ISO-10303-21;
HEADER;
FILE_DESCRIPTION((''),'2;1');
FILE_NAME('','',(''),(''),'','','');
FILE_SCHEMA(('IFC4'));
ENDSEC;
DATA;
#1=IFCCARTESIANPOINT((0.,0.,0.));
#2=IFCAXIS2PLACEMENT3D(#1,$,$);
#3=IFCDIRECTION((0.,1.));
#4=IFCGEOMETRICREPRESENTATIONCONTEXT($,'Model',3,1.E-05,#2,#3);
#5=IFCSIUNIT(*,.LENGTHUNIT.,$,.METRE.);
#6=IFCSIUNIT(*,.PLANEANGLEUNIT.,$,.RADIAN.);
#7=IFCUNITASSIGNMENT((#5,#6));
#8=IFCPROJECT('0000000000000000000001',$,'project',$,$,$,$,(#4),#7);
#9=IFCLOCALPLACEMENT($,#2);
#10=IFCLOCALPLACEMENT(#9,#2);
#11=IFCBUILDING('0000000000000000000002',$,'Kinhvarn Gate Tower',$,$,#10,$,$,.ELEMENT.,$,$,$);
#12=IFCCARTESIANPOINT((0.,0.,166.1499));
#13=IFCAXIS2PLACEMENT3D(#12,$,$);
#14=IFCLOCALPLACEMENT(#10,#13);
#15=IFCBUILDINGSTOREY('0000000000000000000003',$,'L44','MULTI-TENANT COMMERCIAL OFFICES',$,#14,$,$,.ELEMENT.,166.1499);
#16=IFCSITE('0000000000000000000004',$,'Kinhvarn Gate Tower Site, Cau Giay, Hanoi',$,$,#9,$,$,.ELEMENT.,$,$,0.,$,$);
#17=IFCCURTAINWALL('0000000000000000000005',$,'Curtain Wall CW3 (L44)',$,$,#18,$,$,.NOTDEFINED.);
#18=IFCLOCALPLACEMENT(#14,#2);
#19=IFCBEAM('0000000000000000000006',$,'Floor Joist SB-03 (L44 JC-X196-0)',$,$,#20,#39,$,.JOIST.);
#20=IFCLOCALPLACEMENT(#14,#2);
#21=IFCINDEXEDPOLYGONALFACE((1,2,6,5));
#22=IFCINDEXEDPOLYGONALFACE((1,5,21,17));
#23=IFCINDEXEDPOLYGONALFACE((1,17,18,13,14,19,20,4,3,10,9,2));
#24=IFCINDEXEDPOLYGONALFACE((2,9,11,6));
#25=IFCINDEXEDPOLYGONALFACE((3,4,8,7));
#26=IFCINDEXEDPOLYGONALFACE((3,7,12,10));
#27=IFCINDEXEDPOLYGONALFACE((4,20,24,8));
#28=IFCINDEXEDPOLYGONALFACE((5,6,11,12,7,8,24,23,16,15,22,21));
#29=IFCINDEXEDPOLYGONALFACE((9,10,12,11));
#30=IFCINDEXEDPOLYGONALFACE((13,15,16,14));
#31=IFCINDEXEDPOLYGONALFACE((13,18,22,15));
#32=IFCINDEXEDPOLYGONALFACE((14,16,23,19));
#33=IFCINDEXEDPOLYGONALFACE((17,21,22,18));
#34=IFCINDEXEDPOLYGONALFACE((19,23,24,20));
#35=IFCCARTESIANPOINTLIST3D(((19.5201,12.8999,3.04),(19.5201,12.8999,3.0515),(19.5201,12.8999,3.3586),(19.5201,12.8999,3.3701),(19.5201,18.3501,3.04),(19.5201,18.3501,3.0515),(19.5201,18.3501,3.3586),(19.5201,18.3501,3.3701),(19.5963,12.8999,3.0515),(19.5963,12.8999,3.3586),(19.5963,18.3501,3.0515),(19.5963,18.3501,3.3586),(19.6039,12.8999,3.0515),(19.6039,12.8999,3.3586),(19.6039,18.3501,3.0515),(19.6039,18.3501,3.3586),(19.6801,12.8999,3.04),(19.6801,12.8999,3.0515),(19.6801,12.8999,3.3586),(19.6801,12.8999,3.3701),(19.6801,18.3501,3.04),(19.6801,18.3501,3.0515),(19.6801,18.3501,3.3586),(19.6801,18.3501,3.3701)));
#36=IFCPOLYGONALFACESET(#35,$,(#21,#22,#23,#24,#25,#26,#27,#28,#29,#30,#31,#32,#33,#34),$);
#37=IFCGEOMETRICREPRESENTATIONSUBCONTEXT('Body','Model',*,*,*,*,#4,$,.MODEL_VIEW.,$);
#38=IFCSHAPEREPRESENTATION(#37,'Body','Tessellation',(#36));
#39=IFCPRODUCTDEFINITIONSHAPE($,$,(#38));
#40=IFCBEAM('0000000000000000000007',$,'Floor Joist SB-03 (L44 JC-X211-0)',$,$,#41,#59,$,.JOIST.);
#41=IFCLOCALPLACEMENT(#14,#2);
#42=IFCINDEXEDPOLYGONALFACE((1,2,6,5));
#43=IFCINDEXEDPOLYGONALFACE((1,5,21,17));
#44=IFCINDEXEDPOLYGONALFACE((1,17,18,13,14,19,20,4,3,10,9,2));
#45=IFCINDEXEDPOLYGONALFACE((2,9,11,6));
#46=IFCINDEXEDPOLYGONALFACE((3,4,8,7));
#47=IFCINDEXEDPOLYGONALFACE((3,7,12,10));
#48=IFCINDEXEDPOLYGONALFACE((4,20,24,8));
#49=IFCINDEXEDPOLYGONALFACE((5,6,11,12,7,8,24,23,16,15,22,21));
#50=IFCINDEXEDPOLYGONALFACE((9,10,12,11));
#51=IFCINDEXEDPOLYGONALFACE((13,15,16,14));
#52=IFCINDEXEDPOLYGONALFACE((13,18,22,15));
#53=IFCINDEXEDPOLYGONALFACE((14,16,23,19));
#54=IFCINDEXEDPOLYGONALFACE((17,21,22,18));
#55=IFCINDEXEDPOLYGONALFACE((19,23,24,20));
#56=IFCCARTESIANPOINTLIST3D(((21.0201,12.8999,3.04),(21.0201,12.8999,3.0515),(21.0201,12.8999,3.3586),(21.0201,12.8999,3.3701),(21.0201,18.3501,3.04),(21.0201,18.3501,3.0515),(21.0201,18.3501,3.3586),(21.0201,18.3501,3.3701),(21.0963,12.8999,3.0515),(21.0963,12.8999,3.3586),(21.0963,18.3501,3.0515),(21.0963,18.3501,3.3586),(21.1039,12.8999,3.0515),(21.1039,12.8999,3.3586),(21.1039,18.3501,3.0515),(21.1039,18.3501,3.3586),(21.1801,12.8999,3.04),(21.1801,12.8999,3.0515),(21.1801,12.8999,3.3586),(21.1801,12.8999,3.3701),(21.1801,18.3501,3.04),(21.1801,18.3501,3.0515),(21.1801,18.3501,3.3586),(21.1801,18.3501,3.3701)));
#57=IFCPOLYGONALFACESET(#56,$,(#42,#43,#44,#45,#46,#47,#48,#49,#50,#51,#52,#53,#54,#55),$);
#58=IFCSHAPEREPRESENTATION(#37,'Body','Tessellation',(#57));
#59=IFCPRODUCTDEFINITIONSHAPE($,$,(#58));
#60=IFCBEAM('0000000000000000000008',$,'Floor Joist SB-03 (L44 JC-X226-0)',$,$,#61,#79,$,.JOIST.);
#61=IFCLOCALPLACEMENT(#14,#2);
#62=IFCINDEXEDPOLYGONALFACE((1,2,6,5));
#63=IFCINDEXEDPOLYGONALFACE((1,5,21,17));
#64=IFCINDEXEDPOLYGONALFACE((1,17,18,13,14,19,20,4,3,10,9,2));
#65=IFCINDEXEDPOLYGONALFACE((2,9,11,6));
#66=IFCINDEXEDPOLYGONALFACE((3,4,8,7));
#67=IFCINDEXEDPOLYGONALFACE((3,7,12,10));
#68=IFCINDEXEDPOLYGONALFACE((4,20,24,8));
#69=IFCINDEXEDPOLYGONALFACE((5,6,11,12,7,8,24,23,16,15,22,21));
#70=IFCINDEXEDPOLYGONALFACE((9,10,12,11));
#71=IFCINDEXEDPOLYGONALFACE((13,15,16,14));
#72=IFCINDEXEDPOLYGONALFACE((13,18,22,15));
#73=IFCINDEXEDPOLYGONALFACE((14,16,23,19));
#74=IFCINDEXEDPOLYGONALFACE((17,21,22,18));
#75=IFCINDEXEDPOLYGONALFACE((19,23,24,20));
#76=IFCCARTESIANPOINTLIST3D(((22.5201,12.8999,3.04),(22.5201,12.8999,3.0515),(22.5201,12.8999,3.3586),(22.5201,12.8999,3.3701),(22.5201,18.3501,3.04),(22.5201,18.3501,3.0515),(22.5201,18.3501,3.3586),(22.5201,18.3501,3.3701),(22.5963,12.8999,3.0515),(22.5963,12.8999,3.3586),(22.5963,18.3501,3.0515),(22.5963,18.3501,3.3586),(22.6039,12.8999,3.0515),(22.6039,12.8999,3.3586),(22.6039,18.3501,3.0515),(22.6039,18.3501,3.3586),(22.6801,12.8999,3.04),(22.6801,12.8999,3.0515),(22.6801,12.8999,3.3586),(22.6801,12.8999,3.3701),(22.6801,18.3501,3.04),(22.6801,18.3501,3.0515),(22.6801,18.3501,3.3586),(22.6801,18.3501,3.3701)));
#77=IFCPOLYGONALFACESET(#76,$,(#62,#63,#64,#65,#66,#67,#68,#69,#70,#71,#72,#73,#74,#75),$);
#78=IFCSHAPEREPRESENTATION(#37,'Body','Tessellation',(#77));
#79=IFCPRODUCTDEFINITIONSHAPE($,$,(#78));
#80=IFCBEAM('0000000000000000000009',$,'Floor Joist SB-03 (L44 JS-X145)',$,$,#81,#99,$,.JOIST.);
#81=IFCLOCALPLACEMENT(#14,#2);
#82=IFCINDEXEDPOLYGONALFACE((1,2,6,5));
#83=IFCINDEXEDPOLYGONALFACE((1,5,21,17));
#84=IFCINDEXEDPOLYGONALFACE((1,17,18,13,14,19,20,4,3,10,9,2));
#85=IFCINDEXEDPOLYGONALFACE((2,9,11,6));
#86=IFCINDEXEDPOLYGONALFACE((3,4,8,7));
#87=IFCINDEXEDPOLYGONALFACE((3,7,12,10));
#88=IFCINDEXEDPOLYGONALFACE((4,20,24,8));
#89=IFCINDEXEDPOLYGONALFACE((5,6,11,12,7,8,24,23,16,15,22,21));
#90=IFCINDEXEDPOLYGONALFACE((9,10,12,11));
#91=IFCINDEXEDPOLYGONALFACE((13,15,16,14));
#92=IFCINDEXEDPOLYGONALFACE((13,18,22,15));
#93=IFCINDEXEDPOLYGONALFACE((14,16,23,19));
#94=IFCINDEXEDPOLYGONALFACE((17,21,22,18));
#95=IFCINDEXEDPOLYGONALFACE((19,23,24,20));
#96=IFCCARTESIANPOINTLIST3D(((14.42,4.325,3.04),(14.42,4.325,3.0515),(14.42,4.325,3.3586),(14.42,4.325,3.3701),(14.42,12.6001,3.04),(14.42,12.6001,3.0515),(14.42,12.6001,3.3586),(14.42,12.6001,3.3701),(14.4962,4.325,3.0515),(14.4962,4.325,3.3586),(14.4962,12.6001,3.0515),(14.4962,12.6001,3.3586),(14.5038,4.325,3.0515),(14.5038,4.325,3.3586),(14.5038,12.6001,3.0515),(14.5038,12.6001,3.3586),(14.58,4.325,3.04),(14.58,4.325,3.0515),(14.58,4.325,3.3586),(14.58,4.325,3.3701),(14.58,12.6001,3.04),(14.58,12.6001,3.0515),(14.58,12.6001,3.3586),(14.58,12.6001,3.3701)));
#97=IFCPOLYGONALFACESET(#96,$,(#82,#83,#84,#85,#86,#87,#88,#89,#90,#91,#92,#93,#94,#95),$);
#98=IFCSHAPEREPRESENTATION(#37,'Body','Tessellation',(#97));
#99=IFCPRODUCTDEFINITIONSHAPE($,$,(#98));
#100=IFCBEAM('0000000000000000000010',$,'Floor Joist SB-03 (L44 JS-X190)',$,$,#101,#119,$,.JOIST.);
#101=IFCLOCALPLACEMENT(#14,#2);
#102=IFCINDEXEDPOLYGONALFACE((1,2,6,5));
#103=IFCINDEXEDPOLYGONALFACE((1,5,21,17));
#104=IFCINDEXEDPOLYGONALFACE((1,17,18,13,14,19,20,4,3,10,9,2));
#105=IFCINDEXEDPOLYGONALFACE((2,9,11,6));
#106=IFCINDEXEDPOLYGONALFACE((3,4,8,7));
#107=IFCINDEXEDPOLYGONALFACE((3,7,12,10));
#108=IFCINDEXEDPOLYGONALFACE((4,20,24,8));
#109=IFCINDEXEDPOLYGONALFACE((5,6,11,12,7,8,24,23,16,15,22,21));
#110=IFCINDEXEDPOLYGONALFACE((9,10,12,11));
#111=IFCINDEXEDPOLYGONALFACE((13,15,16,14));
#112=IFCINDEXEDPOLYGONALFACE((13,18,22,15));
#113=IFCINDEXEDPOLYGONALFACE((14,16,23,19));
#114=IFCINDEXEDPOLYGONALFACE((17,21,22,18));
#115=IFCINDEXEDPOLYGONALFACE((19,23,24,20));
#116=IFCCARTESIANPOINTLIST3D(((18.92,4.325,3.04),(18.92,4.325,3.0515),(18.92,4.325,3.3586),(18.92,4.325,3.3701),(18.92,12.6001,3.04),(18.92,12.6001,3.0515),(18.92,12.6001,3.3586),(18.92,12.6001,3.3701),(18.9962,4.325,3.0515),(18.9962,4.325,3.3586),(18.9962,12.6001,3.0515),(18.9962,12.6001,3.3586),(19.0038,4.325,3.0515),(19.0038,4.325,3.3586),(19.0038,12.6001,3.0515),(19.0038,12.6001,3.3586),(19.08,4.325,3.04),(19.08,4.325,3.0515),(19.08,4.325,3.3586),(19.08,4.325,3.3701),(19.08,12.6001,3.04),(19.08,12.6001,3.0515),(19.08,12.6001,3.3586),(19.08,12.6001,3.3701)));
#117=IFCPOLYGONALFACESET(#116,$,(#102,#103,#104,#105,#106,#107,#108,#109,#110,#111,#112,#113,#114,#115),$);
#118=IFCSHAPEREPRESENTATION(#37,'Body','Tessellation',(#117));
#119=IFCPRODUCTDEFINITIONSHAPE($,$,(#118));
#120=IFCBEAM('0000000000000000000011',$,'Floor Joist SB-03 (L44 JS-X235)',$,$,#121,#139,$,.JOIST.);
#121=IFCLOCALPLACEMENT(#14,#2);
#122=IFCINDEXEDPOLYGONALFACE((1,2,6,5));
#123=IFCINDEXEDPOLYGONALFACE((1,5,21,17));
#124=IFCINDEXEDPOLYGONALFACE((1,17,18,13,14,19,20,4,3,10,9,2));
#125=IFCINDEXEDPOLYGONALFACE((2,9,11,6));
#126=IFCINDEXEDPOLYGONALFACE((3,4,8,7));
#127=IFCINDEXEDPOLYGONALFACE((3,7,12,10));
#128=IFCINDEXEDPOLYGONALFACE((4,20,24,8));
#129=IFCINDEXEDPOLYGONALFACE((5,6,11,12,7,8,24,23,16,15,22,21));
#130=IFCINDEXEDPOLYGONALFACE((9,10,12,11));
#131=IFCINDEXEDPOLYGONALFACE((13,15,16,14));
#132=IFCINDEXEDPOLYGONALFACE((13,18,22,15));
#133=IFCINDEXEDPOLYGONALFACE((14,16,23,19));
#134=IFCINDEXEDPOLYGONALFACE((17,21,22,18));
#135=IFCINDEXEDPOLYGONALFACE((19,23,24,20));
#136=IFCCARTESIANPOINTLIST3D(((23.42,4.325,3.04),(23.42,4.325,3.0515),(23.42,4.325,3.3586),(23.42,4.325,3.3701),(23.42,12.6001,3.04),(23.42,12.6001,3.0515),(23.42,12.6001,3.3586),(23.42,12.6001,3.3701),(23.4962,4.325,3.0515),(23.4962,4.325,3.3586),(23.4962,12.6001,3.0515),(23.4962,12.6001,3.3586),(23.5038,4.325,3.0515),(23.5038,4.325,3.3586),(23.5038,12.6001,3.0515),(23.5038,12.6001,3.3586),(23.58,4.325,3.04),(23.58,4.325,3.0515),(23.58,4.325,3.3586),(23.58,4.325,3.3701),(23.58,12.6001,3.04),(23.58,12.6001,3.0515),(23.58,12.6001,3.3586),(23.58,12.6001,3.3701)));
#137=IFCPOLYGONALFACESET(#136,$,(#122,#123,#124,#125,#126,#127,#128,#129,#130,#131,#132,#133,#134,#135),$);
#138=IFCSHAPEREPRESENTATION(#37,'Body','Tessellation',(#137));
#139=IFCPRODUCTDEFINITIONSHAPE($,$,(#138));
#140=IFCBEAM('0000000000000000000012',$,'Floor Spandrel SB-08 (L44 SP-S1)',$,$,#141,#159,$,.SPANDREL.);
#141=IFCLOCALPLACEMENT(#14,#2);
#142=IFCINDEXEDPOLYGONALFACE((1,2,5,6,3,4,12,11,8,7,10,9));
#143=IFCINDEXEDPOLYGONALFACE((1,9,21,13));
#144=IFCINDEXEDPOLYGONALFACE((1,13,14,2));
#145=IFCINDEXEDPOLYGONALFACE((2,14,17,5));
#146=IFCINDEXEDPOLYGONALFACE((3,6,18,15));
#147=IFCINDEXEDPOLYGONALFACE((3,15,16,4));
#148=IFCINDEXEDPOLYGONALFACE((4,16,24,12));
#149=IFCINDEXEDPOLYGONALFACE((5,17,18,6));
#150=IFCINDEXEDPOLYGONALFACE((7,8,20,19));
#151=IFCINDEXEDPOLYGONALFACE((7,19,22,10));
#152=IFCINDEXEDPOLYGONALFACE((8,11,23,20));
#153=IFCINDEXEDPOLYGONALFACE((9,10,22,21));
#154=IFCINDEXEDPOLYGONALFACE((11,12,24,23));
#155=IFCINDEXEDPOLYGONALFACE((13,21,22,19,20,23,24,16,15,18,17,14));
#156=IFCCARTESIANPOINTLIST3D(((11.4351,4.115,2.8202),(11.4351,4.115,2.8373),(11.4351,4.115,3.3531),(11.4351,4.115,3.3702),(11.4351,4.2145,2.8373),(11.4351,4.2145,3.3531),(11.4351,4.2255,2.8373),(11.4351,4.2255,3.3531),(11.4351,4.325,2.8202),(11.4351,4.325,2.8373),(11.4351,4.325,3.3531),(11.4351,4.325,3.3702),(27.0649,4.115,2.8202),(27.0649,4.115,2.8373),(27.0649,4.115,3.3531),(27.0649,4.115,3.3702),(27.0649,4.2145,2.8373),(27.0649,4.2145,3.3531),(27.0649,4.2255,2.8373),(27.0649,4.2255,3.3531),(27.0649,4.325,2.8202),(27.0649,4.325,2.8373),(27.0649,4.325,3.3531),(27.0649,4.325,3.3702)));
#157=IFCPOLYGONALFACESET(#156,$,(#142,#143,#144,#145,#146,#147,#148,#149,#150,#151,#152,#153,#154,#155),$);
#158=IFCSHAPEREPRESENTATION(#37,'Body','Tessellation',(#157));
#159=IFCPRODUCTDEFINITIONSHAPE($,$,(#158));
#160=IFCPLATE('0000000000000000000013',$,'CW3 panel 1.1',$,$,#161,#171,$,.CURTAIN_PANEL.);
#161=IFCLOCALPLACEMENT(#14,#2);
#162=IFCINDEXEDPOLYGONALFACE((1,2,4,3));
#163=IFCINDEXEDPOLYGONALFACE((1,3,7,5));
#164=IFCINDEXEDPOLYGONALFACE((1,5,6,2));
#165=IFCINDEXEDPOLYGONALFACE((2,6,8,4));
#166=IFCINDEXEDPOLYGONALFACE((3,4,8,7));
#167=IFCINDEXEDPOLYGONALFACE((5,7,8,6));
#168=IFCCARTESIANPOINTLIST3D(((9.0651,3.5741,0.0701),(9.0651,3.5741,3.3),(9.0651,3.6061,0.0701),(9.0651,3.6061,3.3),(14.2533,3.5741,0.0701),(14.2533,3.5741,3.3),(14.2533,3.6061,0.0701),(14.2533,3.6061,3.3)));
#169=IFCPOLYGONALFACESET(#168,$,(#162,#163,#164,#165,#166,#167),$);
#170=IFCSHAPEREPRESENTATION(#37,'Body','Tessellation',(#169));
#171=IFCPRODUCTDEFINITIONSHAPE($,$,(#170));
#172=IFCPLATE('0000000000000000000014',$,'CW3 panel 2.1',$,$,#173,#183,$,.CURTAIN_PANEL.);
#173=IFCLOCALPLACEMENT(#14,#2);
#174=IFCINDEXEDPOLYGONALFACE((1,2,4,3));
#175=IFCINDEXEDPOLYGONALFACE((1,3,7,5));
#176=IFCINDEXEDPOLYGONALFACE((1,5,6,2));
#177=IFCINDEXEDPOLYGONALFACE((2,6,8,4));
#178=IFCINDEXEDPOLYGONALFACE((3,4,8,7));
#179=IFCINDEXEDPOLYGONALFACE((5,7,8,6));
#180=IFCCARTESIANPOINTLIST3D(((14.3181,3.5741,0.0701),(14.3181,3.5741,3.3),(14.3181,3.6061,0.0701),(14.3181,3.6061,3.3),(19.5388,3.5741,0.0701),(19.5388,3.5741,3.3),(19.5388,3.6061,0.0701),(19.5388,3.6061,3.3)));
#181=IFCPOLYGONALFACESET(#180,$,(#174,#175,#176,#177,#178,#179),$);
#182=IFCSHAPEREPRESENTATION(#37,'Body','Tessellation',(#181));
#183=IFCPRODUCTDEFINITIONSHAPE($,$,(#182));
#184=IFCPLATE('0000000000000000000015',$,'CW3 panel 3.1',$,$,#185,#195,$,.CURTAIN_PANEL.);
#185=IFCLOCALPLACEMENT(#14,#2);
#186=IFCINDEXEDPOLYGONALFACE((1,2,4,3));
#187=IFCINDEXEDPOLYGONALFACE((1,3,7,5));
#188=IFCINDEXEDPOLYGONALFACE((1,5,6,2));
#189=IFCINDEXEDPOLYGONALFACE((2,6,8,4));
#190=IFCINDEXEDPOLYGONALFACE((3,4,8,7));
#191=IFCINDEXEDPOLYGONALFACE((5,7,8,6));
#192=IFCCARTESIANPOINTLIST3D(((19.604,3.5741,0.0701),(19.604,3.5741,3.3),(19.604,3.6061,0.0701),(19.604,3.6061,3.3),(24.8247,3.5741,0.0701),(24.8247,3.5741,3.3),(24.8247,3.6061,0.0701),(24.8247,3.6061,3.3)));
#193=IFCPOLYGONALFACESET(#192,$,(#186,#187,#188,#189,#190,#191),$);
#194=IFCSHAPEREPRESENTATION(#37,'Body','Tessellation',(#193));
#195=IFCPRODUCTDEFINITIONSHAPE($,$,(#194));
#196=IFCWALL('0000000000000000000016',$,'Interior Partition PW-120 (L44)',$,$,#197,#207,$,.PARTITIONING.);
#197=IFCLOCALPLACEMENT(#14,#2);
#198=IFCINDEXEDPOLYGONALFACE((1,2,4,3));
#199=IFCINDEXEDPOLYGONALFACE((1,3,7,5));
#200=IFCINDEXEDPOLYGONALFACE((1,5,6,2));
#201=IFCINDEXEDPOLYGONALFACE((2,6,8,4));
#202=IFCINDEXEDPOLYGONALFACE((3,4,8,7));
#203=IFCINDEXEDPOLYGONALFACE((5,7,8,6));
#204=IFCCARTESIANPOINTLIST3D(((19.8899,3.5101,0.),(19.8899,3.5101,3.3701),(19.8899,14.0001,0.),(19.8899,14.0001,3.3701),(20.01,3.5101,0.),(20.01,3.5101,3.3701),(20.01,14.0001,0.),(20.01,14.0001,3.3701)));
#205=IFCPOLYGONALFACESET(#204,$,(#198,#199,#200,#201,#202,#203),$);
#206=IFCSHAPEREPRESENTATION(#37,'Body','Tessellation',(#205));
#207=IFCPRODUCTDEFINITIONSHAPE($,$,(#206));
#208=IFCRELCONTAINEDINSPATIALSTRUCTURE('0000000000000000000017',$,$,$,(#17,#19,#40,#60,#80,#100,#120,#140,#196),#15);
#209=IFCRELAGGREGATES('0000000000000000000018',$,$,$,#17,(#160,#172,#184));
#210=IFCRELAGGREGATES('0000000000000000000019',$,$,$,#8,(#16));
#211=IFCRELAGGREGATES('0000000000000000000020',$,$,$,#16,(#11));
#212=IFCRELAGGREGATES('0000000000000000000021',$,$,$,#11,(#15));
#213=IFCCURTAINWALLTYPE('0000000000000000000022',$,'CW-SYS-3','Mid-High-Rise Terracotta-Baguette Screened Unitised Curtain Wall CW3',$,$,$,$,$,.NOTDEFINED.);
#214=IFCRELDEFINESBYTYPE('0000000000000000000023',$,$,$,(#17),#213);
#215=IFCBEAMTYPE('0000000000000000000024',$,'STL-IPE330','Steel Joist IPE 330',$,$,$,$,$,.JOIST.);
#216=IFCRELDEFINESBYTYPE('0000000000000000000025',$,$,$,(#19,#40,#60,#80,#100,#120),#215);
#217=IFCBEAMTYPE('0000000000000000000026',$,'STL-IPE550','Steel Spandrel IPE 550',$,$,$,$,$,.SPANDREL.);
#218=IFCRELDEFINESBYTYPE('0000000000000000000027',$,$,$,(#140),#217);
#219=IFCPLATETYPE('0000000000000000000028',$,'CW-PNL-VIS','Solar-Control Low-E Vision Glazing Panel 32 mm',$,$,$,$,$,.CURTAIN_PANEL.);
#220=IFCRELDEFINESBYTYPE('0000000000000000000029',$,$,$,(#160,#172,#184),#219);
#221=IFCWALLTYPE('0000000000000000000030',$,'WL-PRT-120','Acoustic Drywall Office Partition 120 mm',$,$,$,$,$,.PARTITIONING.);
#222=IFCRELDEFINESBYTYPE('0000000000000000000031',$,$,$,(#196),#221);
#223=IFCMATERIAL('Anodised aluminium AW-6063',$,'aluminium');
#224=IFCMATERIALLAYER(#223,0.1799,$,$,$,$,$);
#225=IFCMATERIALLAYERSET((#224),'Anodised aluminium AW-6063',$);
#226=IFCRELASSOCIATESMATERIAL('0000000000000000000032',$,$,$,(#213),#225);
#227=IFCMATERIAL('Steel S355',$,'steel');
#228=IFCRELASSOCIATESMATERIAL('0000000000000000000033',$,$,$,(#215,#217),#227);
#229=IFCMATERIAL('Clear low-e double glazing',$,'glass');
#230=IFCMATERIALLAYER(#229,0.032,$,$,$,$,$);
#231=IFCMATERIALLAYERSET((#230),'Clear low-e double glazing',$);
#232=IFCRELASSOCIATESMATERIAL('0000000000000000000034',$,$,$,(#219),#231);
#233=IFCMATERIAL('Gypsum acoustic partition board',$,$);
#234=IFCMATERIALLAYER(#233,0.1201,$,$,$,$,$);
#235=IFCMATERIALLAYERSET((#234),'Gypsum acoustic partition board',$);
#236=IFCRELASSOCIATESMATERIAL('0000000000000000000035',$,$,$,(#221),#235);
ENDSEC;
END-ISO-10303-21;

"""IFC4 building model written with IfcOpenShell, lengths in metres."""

from ifc_helpers import new_model, si_unit, direction, frame, frame_2d, origin, origin_2d, place, context, subcontext, project, spatial, rectangle, i_section, extrude, material, layer, layer_set, material_profile, profile_set, type_object, element, aggregate, save


model = new_model("IFC4")

# Units and contexts
model_context = context("Model", 3, precision=1e-05, world=origin(), true_north=direction((0.0, 1.0)))
body_context = subcontext(model_context, "Body", "Model", "MODEL_VIEW")
ifc_project = project(units=[si_unit("LENGTHUNIT", "METRE"), si_unit("PLANEANGLEUNIT", "RADIAN")], contexts=[model_context])

# Site, building, storey
site_placement = place(None, origin())
site = spatial("IfcSite", under=ifc_project, at=site_placement, Name="Kinhvarn Gate Tower Site, Cau Giay, Hanoi", CompositionType="ELEMENT", RefElevation=0.0)
building_placement = place(site_placement, origin())
building = spatial("IfcBuilding", under=site, at=building_placement, Name="Kinhvarn Gate Tower", CompositionType="ELEMENT")
storey_placement = place(building_placement, frame((0.0, 0.0, 166.1499)))
storey = spatial("IfcBuildingStorey", under=building, at=storey_placement, Name="L44", Description="MULTI-TENANT COMMERCIAL OFFICES", CompositionType="ELEMENT", Elevation=166.1499)

# Curtain wall
ifc_material_1 = material(Name="Anodised aluminium AW-6063", Category="aluminium")
ifc_layer_1 = layer(ifc_material_1, 0.1799)
ifc_layer_set_1 = layer_set([ifc_layer_1], Name="Anodised aluminium AW-6063")
curtain_wall_type = type_object("IfcCurtainWallType", Name="CW-SYS-3", Description="Mid-High-Rise Terracotta-Baguette Screened Unitised Curtain Wall CW3", PredefinedType="NOTDEFINED", material=ifc_layer_set_1)
curtain_wall_placement = place(storey_placement, origin())
curtain_wall = element("IfcCurtainWall", 1, at=curtain_wall_placement, inside=storey, type_object=curtain_wall_type, Name="Curtain Wall CW3 (L44)", PredefinedType="NOTDEFINED")

# Beams
ifc_material_2 = material(Name="Steel S355", Category="steel")
ifc_material_profile_1 = material_profile(ifc_material_2, i_section(OverallWidth=0.1599, OverallDepth=0.3301, WebThickness=0.0076, FlangeThickness=0.0115, at=origin_2d()), Name="IPE 330")
ifc_profile_set_1 = profile_set([ifc_material_profile_1], Name="Steel S355")
beam_type_1 = type_object("IfcBeamType", Name="STL-IPE330", Description="Steel Joist IPE 330", PredefinedType="JOIST", material=ifc_profile_set_1)
for number, where, z_axis, x_axis, name in (
    (2, (19.6001, 12.8999, 3.2051), (0.0, 1.0, 0.0), (-1.0, 0.0, 0.0), "Floor Joist SB-03 (L44 JC-X196-0)"),
    (3, (21.1001, 12.8999, 3.2051), (0.0, 1.0, 0.0), (-1.0, 0.0, 0.0), "Floor Joist SB-03 (L44 JC-X211-0)"),
    (4, (22.6001, 12.8999, 3.2051), (0.0, 1.0, 0.0), (-1.0, 0.0, 0.0), "Floor Joist SB-03 (L44 JC-X226-0)"),
):
    element("IfcBeam", number, at=place(storey_placement, frame(where, z_axis=z_axis, x_axis=x_axis)), inside=storey, type_object=beam_type_1, Name=name, PredefinedType="JOIST", context=body_context, shape_type="SweptSolid", body=[
        extrude(i_section(OverallWidth=0.1599, OverallDepth=0.3301, WebThickness=0.0076, FlangeThickness=0.0115, at=origin_2d()), origin(), (0.0, 0.0, 1.0), 5.4502),
    ])
for number, where, z_axis, x_axis, name in (
    (5, (14.5, 4.325, 3.2051), (0.0, 1.0, 0.0), (-1.0, 0.0, 0.0), "Floor Joist SB-03 (L44 JS-X145)"),
    (6, (19.0, 4.325, 3.2051), (0.0, 1.0, 0.0), (-1.0, 0.0, 0.0), "Floor Joist SB-03 (L44 JS-X190)"),
    (7, (23.5, 4.325, 3.2051), (0.0, 1.0, 0.0), (-1.0, 0.0, 0.0), "Floor Joist SB-03 (L44 JS-X235)"),
):
    element("IfcBeam", number, at=place(storey_placement, frame(where, z_axis=z_axis, x_axis=x_axis)), inside=storey, type_object=beam_type_1, Name=name, PredefinedType="JOIST", context=body_context, shape_type="SweptSolid", body=[
        extrude(i_section(OverallWidth=0.1599, OverallDepth=0.3301, WebThickness=0.0076, FlangeThickness=0.0115, at=origin_2d()), origin(), (0.0, 0.0, 1.0), 8.2751),
    ])
ifc_material_profile_2 = material_profile(ifc_material_2, i_section(OverallWidth=0.21, OverallDepth=0.55, WebThickness=0.011, FlangeThickness=0.0171, at=origin_2d()), Name="IPE 550")
ifc_profile_set_2 = profile_set([ifc_material_profile_2], Name="Steel S355")
beam_type_2 = type_object("IfcBeamType", Name="STL-IPE550", Description="Steel Spandrel IPE 550", PredefinedType="SPANDREL", material=ifc_profile_set_2)
beam_1_placement = place(storey_placement, frame((11.4351, 4.22, 3.0952), z_axis=(1.0, 0.0, 0.0), x_axis=(0.0, 1.0, 0.0)))
element("IfcBeam", 8, at=beam_1_placement, inside=storey, type_object=beam_type_2, Name="Floor Spandrel SB-08 (L44 SP-S1)", PredefinedType="SPANDREL", context=body_context, shape_type="SweptSolid", body=[
    extrude(i_section(OverallWidth=0.21, OverallDepth=0.55, WebThickness=0.011, FlangeThickness=0.0171, at=origin_2d()), origin(), (0.0, 0.0, 1.0), 15.6299),
])

# Plates
ifc_material_3 = material(Name="Clear low-e double glazing", Category="glass")
ifc_layer_2 = layer(ifc_material_3, 0.032)
ifc_layer_set_2 = layer_set([ifc_layer_2], Name="Clear low-e double glazing")
plate_type = type_object("IfcPlateType", Name="CW-PNL-VIS", Description="Solar-Control Low-E Vision Glazing Panel 32 mm", PredefinedType="CURTAIN_PANEL", material=ifc_layer_set_2)
plate_1_placement = place(storey_placement, frame((11.6592, 3.5901, 0.0701), z_axis=(0.0, 0.0, 1.0), x_axis=(1.0, 0.0, 0.0)))
plate_1 = element("IfcPlate", 9, at=plate_1_placement, type_object=plate_type, Name="CW3 panel 1.1", PredefinedType="CURTAIN_PANEL", context=body_context, shape_type="SweptSolid", body=[
    extrude(rectangle(XDim=5.1882, YDim=0.032, at=origin_2d()), origin(), (0.0, 0.0, 1.0), 3.23),
])
plate_2_placement = place(storey_placement, frame((16.9285, 3.5901, 0.0701), z_axis=(0.0, 0.0, 1.0), x_axis=(1.0, 0.0, 0.0)))
plate_2 = element("IfcPlate", 10, at=plate_2_placement, type_object=plate_type, Name="CW3 panel 2.1", PredefinedType="CURTAIN_PANEL", context=body_context, shape_type="SweptSolid", body=[
    extrude(rectangle(XDim=5.2207, YDim=0.032, at=origin_2d()), origin(), (0.0, 0.0, 1.0), 3.23),
])
plate_3_placement = place(storey_placement, frame((22.2144, 3.5901, 0.0701), z_axis=(0.0, 0.0, 1.0), x_axis=(1.0, 0.0, 0.0)))
plate_3 = element("IfcPlate", 11, at=plate_3_placement, type_object=plate_type, Name="CW3 panel 3.1", PredefinedType="CURTAIN_PANEL", context=body_context, shape_type="SweptSolid", body=[
    extrude(rectangle(XDim=5.2207, YDim=0.032, at=origin_2d()), origin(), (0.0, 0.0, 1.0), 3.23),
])
aggregate(curtain_wall, [plate_1, plate_2, plate_3])

# Wall
ifc_material_4 = material(Name="Gypsum acoustic partition board")
ifc_layer_3 = layer(ifc_material_4, 0.1201)
ifc_layer_set_3 = layer_set([ifc_layer_3], Name="Gypsum acoustic partition board")
wall_type_1 = type_object("IfcWallType", Name="WL-PRT-120", Description="Acoustic Drywall Office Partition 120 mm", PredefinedType="PARTITIONING", material=ifc_layer_set_3)
wall_1_placement = place(storey_placement, frame((19.95, 3.51, 0.0), z_axis=(0.0, 0.0, 1.0), x_axis=(0.0, 1.0, 0.0)))
element("IfcWall", 12, at=wall_1_placement, inside=storey, type_object=wall_type_1, Name="Interior Partition PW-120 (L44)", PredefinedType="PARTITIONING", context=body_context, shape_type="SweptSolid", body=[
    extrude(rectangle(XDim=10.49, YDim=0.1201, at=frame_2d((5.2451, 0.0))), origin(), (0.0, 0.0, 1.0), 3.3701),
])

save(model, "model.ifc")
